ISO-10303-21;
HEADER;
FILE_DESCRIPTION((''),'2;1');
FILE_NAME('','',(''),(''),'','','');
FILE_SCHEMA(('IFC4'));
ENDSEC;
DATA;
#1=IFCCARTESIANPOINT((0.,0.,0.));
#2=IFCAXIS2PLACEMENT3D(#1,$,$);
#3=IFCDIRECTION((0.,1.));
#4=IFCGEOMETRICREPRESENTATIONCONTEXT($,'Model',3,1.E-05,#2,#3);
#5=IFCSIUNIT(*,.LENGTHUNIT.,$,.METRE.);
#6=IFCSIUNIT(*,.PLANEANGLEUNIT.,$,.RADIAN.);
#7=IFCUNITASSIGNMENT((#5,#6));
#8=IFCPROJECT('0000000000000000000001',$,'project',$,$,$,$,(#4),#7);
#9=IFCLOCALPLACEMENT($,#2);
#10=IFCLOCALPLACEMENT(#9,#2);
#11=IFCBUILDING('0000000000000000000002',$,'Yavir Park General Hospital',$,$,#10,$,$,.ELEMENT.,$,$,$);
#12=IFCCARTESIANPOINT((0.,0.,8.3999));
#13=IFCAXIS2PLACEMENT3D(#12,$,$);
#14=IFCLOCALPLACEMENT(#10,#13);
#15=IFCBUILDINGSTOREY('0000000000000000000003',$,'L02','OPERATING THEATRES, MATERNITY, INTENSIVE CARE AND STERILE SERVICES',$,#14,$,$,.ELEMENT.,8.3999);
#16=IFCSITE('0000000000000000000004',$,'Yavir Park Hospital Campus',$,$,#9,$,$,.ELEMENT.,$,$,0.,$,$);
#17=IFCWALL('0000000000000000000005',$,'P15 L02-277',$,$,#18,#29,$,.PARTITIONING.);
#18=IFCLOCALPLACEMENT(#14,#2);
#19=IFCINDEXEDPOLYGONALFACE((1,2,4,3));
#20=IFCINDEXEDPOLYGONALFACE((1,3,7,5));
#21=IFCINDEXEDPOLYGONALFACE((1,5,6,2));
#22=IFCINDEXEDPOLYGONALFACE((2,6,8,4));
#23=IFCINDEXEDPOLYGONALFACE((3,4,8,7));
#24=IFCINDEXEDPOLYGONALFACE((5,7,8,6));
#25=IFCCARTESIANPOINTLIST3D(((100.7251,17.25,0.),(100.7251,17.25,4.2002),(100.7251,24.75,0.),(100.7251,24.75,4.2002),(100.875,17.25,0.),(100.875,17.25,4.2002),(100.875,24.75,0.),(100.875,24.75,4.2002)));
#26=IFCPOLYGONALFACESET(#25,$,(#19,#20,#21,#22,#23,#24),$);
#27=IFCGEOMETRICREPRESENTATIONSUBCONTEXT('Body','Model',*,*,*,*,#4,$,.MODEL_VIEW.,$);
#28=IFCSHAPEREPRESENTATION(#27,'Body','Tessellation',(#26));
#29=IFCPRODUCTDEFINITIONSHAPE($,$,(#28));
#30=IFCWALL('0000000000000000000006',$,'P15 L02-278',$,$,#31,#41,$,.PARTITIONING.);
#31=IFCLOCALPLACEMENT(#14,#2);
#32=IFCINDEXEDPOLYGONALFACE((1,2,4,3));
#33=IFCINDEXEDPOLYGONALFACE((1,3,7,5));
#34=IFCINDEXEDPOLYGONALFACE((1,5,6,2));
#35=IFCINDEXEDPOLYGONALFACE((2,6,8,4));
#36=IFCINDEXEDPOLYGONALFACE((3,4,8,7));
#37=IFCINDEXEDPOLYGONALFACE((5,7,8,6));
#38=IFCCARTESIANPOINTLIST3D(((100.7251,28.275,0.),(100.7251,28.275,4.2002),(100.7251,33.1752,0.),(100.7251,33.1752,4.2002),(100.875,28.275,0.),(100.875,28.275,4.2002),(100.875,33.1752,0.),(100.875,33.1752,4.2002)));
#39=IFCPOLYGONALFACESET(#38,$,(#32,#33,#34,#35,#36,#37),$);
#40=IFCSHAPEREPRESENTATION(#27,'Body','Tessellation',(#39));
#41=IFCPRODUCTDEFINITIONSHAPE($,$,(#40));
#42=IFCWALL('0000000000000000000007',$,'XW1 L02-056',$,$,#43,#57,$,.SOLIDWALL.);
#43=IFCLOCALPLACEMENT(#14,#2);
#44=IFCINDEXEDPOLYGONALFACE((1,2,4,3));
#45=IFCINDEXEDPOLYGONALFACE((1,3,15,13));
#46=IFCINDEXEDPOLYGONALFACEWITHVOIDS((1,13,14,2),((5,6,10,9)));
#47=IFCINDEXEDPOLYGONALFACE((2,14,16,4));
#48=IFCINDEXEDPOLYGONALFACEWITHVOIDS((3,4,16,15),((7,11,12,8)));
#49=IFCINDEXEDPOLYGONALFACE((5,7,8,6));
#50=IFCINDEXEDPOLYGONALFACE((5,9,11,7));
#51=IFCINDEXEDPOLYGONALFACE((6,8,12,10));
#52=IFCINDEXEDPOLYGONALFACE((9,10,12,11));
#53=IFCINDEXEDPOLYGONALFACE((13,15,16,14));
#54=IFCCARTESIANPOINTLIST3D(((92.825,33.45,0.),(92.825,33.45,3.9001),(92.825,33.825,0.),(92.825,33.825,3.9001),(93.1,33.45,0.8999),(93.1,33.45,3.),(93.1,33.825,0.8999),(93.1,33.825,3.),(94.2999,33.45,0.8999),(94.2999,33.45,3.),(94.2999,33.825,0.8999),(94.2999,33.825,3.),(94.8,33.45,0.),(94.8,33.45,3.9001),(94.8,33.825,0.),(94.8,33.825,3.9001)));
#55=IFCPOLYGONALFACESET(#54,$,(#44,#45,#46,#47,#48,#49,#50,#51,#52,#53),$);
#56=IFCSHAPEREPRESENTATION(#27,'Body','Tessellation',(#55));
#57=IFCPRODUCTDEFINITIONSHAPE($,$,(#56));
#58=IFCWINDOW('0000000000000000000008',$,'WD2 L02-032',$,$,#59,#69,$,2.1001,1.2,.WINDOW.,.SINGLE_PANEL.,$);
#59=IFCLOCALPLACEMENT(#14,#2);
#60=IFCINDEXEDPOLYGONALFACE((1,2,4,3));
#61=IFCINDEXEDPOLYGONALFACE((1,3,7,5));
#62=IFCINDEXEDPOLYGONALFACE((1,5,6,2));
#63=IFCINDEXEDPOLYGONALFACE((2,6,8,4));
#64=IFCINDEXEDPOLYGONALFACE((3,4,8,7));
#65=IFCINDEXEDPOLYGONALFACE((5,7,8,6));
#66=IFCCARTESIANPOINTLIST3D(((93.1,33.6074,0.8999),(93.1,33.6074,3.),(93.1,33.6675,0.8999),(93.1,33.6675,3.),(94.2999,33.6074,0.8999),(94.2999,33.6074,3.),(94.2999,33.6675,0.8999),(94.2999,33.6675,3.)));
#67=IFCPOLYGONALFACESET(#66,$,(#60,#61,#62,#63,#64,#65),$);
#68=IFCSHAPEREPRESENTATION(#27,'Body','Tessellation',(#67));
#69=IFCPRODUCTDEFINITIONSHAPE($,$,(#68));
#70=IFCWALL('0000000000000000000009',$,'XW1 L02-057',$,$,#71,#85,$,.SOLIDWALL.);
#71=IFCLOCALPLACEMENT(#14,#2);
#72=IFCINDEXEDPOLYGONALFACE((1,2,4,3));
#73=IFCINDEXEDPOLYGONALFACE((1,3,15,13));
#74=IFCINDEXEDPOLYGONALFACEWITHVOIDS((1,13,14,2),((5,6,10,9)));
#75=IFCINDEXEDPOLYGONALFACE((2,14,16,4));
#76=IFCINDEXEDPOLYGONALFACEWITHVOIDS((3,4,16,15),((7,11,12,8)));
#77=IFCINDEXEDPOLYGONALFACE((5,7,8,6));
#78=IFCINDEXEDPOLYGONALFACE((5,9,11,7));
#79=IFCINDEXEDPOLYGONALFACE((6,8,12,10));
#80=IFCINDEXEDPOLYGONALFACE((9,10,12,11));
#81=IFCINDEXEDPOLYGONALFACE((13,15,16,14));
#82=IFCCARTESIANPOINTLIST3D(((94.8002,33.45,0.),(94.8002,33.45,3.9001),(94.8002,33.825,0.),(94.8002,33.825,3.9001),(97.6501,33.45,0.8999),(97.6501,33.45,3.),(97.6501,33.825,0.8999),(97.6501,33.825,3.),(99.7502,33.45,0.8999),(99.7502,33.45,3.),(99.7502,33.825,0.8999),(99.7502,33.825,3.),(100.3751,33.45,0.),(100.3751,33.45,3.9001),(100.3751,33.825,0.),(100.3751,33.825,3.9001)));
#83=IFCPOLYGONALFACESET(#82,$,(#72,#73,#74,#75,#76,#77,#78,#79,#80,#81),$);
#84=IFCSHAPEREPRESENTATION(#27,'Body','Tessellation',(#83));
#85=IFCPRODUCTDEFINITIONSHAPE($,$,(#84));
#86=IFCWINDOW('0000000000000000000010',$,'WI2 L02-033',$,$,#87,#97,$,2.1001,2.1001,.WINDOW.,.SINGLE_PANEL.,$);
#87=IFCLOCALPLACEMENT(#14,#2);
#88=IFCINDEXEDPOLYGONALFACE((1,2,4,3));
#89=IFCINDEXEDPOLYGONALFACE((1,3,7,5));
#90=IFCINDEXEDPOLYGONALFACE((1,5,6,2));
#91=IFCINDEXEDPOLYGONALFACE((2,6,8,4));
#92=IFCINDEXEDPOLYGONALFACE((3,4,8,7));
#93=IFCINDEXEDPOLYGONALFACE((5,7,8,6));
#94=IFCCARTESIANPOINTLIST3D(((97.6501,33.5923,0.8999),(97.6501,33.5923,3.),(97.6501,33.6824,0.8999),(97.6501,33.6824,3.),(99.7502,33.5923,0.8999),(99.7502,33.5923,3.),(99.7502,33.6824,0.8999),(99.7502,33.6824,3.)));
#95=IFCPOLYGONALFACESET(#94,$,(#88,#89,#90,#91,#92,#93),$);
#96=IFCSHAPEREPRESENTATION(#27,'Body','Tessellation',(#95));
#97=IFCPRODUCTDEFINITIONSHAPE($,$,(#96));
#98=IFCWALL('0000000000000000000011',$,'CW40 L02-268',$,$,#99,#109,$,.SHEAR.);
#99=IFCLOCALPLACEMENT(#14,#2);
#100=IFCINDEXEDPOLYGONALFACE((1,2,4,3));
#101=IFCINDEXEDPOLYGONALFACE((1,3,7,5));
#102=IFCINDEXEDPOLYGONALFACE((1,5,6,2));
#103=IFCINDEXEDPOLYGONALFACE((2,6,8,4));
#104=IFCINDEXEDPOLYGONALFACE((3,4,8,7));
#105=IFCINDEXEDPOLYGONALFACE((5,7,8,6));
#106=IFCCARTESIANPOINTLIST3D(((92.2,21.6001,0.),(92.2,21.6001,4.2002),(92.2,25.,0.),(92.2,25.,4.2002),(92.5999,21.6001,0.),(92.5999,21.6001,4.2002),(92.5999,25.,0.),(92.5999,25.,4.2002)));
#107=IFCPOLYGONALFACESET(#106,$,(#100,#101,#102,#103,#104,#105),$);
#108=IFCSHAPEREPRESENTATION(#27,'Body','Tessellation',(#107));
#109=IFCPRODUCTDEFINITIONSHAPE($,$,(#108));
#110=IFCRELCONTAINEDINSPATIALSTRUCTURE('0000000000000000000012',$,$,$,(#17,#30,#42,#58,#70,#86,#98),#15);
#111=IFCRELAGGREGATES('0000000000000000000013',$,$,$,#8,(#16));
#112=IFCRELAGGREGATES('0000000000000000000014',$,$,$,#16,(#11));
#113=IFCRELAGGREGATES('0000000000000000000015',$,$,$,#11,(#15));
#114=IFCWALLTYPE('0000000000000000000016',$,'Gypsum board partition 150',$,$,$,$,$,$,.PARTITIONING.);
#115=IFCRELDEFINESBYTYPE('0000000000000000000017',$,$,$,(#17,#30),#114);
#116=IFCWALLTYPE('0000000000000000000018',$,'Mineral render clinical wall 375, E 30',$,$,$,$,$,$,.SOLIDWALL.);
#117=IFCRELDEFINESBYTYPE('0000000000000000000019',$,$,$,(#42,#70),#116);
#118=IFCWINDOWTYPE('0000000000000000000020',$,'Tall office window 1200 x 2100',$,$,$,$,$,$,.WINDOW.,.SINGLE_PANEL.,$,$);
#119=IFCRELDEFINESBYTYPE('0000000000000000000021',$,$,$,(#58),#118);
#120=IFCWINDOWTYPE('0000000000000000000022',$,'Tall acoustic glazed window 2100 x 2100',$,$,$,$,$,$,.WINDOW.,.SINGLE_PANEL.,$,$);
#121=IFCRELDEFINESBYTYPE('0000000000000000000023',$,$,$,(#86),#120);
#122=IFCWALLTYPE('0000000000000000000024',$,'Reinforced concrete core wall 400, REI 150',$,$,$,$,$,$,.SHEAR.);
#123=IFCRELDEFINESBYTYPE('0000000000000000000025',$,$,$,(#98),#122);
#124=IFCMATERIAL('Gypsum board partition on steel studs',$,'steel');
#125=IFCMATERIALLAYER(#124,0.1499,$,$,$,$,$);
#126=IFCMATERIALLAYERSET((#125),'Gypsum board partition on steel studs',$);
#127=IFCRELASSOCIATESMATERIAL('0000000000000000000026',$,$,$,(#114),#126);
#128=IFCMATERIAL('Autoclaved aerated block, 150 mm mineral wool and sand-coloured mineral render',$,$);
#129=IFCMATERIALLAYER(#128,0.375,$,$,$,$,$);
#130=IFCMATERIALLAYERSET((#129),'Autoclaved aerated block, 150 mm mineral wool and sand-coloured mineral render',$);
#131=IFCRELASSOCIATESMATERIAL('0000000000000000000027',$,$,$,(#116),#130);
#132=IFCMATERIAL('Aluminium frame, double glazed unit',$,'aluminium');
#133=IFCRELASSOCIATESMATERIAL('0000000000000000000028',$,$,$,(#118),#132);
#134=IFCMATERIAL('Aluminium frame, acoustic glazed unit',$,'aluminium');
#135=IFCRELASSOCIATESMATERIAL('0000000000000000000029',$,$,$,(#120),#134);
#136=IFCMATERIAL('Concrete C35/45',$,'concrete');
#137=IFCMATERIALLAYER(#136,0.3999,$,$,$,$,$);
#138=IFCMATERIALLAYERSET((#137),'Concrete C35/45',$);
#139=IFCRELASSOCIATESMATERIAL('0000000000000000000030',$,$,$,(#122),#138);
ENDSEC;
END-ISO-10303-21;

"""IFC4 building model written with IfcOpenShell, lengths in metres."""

from ifc_helpers import new_model, si_unit, direction, frame, frame_2d, origin, place, context, subcontext, project, spatial, rectangle, extrude, material, layer, layer_set, type_object, element, fill, save


model = new_model("IFC4")

# Units and contexts
model_context = context("Model", 3, precision=1e-05, world=origin(), true_north=direction((0.0, 1.0)))
body_context = subcontext(model_context, "Body", "Model", "MODEL_VIEW")
ifc_project = project(units=[si_unit("LENGTHUNIT", "METRE"), si_unit("PLANEANGLEUNIT", "RADIAN")], contexts=[model_context])

# Site, building, storey
site_placement = place(None, origin())
site = spatial("IfcSite", under=ifc_project, at=site_placement, Name="Yavir Park Hospital Campus", CompositionType="ELEMENT", RefElevation=0.0)
building_placement = place(site_placement, origin())
building = spatial("IfcBuilding", under=site, at=building_placement, Name="Yavir Park General Hospital", CompositionType="ELEMENT")
storey_placement = place(building_placement, frame((0.0, 0.0, 8.3999)))
storey = spatial("IfcBuildingStorey", under=building, at=storey_placement, Name="L02", Description="OPERATING THEATRES, MATERNITY, INTENSIVE CARE AND STERILE SERVICES", CompositionType="ELEMENT", Elevation=8.3999)

# Shared definitions
ifc_material_1 = material(Name="Gypsum board partition on steel studs", Category="steel")
ifc_layer_1 = layer(ifc_material_1, 0.1499)
ifc_layer_set_1 = layer_set([ifc_layer_1], Name="Gypsum board partition on steel studs")
wall_type_1 = type_object("IfcWallType", Name="Gypsum board partition 150", PredefinedType="PARTITIONING", material=ifc_layer_set_1)

# Walls
wall_1_placement = place(storey_placement, frame((100.8, 17.25, 0.0), z_axis=(0.0, 0.0, 1.0), x_axis=(0.0, 1.0, 0.0)))
element("IfcWall", 1, at=wall_1_placement, inside=storey, type_object=wall_type_1, Name="P15 L02-277", PredefinedType="PARTITIONING", context=body_context, shape_type="SweptSolid", body=[
    extrude(rectangle(XDim=7.5, YDim=0.1499, at=frame_2d((3.75, 0.0))), origin(), (0.0, 0.0, 1.0), 4.2002),
])
wall_2_placement = place(storey_placement, frame((100.8, 28.2749, 0.0), z_axis=(0.0, 0.0, 1.0), x_axis=(0.0, 1.0, 0.0)))
element("IfcWall", 2, at=wall_2_placement, inside=storey, type_object=wall_type_1, Name="P15 L02-278", PredefinedType="PARTITIONING", context=body_context, shape_type="SweptSolid", body=[
    extrude(rectangle(XDim=4.9001, YDim=0.1499, at=frame_2d((2.4502, 0.0))), origin(), (0.0, 0.0, 1.0), 4.2002),
])

# Walls, openings, windows
ifc_material_2 = material(Name="Autoclaved aerated block, 150 mm mineral wool and sand-coloured mineral render")
ifc_layer_2 = layer(ifc_material_2, 0.375)
ifc_layer_set_2 = layer_set([ifc_layer_2], Name="Autoclaved aerated block, 150 mm mineral wool and sand-coloured mineral render")
wall_type_2 = type_object("IfcWallType", Name="Mineral render clinical wall 375, E 30", PredefinedType="SOLIDWALL", material=ifc_layer_set_2)
wall_3_placement = place(storey_placement, frame((92.825, 33.6375, 0.0), z_axis=(0.0, 0.0, 1.0), x_axis=(1.0, 0.0, 0.0)))
wall_3 = element("IfcWall", 3, at=wall_3_placement, inside=storey, type_object=wall_type_2, Name="XW1 L02-056", PredefinedType="SOLIDWALL", context=body_context, shape_type="SweptSolid", body=[
    extrude(rectangle(XDim=1.9751, YDim=0.375, at=frame_2d((0.9875, 0.0))), origin(), (0.0, 0.0, 1.0), 3.9001),
])
opening_1_placement = place(wall_3_placement, frame((0.2749, 0.0, 0.8999)))
opening_1 = element("IfcOpeningElement", 4, at=opening_1_placement, cuts=wall_3, PredefinedType="OPENING", context=body_context, shape_type="SweptSolid", body=[
    extrude(rectangle(XDim=1.2, YDim=2.1001, at=frame_2d((0.6001, 1.05))), frame((0.0, 0.1975, 0.0), z_axis=(0.0, -1.0, 0.0), x_axis=(1.0, 0.0, 0.0)), (0.0, 0.0, 1.0), 0.395),
])
ifc_material_3 = material(Name="Aluminium frame, double glazed unit", Category="aluminium")
window_type_1 = type_object("IfcWindowType", Name="Tall office window 1200 x 2100", PartitioningType="SINGLE_PANEL", PredefinedType="WINDOW", material=ifc_material_3)
window_1_placement = place(opening_1_placement, origin())
window_1 = element("IfcWindow", 5, at=window_1_placement, inside=storey, type_object=window_type_1, Name="WD2 L02-032", OverallHeight=2.1001, OverallWidth=1.2, PartitioningType="SINGLE_PANEL", PredefinedType="WINDOW", context=body_context, shape_type="SweptSolid", body=[
    extrude(rectangle(XDim=1.2, YDim=2.1001, at=frame_2d((0.6001, 1.05))), frame((0.0, 0.03, 0.0), z_axis=(0.0, -1.0, 0.0), x_axis=(1.0, 0.0, 0.0)), (0.0, 0.0, 1.0), 0.0601),
])
fill(opening_1, window_1)
wall_4_placement = place(storey_placement, frame((94.8, 33.6375, 0.0), z_axis=(0.0, 0.0, 1.0), x_axis=(1.0, 0.0, 0.0)))
wall_4 = element("IfcWall", 6, at=wall_4_placement, inside=storey, type_object=wall_type_2, Name="XW1 L02-057", PredefinedType="SOLIDWALL", context=body_context, shape_type="SweptSolid", body=[
    extrude(rectangle(XDim=5.575, YDim=0.375, at=frame_2d((2.7876, 0.0))), origin(), (0.0, 0.0, 1.0), 3.9001),
])
opening_2_placement = place(wall_4_placement, frame((2.8501, 0.0, 0.8999)))
opening_2 = element("IfcOpeningElement", 7, at=opening_2_placement, cuts=wall_4, PredefinedType="OPENING", context=body_context, shape_type="SweptSolid", body=[
    extrude(rectangle(XDim=2.1001, YDim=2.1001, at=frame_2d((1.05, 1.05))), frame((0.0, 0.1975, 0.0), z_axis=(0.0, -1.0, 0.0), x_axis=(1.0, 0.0, 0.0)), (0.0, 0.0, 1.0), 0.395),
])
ifc_material_4 = material(Name="Aluminium frame, acoustic glazed unit", Category="aluminium")
window_type_2 = type_object("IfcWindowType", Name="Tall acoustic glazed window 2100 x 2100", PartitioningType="SINGLE_PANEL", PredefinedType="WINDOW", material=ifc_material_4)
window_2_placement = place(opening_2_placement, origin())
window_2 = element("IfcWindow", 8, at=window_2_placement, inside=storey, type_object=window_type_2, Name="WI2 L02-033", OverallHeight=2.1001, OverallWidth=2.1001, PartitioningType="SINGLE_PANEL", PredefinedType="WINDOW", context=body_context, shape_type="SweptSolid", body=[
    extrude(rectangle(XDim=2.1001, YDim=2.1001, at=frame_2d((1.05, 1.05))), frame((0.0, 0.0449, 0.0), z_axis=(0.0, -1.0, 0.0), x_axis=(1.0, 0.0, 0.0)), (0.0, 0.0, 1.0), 0.0901),
])
fill(opening_2, window_2)

# Wall
ifc_material_5 = material(Name="Concrete C35/45", Category="concrete")
ifc_layer_3 = layer(ifc_material_5, 0.3999)
ifc_layer_set_3 = layer_set([ifc_layer_3], Name="Concrete C35/45")
wall_type_3 = type_object("IfcWallType", Name="Reinforced concrete core wall 400, REI 150", PredefinedType="SHEAR", material=ifc_layer_set_3)
wall_5_placement = place(storey_placement, frame((92.3999, 21.6001, 0.0), z_axis=(0.0, 0.0, 1.0), x_axis=(0.0, 1.0, 0.0)))
element("IfcWall", 9, at=wall_5_placement, inside=storey, type_object=wall_type_3, Name="CW40 L02-268", PredefinedType="SHEAR", context=body_context, shape_type="SweptSolid", body=[
    extrude(rectangle(XDim=3.3999, YDim=0.3999, at=frame_2d((1.7, 0.0))), origin(), (0.0, 0.0, 1.0), 4.2002),
])

save(model, "model.ifc")
